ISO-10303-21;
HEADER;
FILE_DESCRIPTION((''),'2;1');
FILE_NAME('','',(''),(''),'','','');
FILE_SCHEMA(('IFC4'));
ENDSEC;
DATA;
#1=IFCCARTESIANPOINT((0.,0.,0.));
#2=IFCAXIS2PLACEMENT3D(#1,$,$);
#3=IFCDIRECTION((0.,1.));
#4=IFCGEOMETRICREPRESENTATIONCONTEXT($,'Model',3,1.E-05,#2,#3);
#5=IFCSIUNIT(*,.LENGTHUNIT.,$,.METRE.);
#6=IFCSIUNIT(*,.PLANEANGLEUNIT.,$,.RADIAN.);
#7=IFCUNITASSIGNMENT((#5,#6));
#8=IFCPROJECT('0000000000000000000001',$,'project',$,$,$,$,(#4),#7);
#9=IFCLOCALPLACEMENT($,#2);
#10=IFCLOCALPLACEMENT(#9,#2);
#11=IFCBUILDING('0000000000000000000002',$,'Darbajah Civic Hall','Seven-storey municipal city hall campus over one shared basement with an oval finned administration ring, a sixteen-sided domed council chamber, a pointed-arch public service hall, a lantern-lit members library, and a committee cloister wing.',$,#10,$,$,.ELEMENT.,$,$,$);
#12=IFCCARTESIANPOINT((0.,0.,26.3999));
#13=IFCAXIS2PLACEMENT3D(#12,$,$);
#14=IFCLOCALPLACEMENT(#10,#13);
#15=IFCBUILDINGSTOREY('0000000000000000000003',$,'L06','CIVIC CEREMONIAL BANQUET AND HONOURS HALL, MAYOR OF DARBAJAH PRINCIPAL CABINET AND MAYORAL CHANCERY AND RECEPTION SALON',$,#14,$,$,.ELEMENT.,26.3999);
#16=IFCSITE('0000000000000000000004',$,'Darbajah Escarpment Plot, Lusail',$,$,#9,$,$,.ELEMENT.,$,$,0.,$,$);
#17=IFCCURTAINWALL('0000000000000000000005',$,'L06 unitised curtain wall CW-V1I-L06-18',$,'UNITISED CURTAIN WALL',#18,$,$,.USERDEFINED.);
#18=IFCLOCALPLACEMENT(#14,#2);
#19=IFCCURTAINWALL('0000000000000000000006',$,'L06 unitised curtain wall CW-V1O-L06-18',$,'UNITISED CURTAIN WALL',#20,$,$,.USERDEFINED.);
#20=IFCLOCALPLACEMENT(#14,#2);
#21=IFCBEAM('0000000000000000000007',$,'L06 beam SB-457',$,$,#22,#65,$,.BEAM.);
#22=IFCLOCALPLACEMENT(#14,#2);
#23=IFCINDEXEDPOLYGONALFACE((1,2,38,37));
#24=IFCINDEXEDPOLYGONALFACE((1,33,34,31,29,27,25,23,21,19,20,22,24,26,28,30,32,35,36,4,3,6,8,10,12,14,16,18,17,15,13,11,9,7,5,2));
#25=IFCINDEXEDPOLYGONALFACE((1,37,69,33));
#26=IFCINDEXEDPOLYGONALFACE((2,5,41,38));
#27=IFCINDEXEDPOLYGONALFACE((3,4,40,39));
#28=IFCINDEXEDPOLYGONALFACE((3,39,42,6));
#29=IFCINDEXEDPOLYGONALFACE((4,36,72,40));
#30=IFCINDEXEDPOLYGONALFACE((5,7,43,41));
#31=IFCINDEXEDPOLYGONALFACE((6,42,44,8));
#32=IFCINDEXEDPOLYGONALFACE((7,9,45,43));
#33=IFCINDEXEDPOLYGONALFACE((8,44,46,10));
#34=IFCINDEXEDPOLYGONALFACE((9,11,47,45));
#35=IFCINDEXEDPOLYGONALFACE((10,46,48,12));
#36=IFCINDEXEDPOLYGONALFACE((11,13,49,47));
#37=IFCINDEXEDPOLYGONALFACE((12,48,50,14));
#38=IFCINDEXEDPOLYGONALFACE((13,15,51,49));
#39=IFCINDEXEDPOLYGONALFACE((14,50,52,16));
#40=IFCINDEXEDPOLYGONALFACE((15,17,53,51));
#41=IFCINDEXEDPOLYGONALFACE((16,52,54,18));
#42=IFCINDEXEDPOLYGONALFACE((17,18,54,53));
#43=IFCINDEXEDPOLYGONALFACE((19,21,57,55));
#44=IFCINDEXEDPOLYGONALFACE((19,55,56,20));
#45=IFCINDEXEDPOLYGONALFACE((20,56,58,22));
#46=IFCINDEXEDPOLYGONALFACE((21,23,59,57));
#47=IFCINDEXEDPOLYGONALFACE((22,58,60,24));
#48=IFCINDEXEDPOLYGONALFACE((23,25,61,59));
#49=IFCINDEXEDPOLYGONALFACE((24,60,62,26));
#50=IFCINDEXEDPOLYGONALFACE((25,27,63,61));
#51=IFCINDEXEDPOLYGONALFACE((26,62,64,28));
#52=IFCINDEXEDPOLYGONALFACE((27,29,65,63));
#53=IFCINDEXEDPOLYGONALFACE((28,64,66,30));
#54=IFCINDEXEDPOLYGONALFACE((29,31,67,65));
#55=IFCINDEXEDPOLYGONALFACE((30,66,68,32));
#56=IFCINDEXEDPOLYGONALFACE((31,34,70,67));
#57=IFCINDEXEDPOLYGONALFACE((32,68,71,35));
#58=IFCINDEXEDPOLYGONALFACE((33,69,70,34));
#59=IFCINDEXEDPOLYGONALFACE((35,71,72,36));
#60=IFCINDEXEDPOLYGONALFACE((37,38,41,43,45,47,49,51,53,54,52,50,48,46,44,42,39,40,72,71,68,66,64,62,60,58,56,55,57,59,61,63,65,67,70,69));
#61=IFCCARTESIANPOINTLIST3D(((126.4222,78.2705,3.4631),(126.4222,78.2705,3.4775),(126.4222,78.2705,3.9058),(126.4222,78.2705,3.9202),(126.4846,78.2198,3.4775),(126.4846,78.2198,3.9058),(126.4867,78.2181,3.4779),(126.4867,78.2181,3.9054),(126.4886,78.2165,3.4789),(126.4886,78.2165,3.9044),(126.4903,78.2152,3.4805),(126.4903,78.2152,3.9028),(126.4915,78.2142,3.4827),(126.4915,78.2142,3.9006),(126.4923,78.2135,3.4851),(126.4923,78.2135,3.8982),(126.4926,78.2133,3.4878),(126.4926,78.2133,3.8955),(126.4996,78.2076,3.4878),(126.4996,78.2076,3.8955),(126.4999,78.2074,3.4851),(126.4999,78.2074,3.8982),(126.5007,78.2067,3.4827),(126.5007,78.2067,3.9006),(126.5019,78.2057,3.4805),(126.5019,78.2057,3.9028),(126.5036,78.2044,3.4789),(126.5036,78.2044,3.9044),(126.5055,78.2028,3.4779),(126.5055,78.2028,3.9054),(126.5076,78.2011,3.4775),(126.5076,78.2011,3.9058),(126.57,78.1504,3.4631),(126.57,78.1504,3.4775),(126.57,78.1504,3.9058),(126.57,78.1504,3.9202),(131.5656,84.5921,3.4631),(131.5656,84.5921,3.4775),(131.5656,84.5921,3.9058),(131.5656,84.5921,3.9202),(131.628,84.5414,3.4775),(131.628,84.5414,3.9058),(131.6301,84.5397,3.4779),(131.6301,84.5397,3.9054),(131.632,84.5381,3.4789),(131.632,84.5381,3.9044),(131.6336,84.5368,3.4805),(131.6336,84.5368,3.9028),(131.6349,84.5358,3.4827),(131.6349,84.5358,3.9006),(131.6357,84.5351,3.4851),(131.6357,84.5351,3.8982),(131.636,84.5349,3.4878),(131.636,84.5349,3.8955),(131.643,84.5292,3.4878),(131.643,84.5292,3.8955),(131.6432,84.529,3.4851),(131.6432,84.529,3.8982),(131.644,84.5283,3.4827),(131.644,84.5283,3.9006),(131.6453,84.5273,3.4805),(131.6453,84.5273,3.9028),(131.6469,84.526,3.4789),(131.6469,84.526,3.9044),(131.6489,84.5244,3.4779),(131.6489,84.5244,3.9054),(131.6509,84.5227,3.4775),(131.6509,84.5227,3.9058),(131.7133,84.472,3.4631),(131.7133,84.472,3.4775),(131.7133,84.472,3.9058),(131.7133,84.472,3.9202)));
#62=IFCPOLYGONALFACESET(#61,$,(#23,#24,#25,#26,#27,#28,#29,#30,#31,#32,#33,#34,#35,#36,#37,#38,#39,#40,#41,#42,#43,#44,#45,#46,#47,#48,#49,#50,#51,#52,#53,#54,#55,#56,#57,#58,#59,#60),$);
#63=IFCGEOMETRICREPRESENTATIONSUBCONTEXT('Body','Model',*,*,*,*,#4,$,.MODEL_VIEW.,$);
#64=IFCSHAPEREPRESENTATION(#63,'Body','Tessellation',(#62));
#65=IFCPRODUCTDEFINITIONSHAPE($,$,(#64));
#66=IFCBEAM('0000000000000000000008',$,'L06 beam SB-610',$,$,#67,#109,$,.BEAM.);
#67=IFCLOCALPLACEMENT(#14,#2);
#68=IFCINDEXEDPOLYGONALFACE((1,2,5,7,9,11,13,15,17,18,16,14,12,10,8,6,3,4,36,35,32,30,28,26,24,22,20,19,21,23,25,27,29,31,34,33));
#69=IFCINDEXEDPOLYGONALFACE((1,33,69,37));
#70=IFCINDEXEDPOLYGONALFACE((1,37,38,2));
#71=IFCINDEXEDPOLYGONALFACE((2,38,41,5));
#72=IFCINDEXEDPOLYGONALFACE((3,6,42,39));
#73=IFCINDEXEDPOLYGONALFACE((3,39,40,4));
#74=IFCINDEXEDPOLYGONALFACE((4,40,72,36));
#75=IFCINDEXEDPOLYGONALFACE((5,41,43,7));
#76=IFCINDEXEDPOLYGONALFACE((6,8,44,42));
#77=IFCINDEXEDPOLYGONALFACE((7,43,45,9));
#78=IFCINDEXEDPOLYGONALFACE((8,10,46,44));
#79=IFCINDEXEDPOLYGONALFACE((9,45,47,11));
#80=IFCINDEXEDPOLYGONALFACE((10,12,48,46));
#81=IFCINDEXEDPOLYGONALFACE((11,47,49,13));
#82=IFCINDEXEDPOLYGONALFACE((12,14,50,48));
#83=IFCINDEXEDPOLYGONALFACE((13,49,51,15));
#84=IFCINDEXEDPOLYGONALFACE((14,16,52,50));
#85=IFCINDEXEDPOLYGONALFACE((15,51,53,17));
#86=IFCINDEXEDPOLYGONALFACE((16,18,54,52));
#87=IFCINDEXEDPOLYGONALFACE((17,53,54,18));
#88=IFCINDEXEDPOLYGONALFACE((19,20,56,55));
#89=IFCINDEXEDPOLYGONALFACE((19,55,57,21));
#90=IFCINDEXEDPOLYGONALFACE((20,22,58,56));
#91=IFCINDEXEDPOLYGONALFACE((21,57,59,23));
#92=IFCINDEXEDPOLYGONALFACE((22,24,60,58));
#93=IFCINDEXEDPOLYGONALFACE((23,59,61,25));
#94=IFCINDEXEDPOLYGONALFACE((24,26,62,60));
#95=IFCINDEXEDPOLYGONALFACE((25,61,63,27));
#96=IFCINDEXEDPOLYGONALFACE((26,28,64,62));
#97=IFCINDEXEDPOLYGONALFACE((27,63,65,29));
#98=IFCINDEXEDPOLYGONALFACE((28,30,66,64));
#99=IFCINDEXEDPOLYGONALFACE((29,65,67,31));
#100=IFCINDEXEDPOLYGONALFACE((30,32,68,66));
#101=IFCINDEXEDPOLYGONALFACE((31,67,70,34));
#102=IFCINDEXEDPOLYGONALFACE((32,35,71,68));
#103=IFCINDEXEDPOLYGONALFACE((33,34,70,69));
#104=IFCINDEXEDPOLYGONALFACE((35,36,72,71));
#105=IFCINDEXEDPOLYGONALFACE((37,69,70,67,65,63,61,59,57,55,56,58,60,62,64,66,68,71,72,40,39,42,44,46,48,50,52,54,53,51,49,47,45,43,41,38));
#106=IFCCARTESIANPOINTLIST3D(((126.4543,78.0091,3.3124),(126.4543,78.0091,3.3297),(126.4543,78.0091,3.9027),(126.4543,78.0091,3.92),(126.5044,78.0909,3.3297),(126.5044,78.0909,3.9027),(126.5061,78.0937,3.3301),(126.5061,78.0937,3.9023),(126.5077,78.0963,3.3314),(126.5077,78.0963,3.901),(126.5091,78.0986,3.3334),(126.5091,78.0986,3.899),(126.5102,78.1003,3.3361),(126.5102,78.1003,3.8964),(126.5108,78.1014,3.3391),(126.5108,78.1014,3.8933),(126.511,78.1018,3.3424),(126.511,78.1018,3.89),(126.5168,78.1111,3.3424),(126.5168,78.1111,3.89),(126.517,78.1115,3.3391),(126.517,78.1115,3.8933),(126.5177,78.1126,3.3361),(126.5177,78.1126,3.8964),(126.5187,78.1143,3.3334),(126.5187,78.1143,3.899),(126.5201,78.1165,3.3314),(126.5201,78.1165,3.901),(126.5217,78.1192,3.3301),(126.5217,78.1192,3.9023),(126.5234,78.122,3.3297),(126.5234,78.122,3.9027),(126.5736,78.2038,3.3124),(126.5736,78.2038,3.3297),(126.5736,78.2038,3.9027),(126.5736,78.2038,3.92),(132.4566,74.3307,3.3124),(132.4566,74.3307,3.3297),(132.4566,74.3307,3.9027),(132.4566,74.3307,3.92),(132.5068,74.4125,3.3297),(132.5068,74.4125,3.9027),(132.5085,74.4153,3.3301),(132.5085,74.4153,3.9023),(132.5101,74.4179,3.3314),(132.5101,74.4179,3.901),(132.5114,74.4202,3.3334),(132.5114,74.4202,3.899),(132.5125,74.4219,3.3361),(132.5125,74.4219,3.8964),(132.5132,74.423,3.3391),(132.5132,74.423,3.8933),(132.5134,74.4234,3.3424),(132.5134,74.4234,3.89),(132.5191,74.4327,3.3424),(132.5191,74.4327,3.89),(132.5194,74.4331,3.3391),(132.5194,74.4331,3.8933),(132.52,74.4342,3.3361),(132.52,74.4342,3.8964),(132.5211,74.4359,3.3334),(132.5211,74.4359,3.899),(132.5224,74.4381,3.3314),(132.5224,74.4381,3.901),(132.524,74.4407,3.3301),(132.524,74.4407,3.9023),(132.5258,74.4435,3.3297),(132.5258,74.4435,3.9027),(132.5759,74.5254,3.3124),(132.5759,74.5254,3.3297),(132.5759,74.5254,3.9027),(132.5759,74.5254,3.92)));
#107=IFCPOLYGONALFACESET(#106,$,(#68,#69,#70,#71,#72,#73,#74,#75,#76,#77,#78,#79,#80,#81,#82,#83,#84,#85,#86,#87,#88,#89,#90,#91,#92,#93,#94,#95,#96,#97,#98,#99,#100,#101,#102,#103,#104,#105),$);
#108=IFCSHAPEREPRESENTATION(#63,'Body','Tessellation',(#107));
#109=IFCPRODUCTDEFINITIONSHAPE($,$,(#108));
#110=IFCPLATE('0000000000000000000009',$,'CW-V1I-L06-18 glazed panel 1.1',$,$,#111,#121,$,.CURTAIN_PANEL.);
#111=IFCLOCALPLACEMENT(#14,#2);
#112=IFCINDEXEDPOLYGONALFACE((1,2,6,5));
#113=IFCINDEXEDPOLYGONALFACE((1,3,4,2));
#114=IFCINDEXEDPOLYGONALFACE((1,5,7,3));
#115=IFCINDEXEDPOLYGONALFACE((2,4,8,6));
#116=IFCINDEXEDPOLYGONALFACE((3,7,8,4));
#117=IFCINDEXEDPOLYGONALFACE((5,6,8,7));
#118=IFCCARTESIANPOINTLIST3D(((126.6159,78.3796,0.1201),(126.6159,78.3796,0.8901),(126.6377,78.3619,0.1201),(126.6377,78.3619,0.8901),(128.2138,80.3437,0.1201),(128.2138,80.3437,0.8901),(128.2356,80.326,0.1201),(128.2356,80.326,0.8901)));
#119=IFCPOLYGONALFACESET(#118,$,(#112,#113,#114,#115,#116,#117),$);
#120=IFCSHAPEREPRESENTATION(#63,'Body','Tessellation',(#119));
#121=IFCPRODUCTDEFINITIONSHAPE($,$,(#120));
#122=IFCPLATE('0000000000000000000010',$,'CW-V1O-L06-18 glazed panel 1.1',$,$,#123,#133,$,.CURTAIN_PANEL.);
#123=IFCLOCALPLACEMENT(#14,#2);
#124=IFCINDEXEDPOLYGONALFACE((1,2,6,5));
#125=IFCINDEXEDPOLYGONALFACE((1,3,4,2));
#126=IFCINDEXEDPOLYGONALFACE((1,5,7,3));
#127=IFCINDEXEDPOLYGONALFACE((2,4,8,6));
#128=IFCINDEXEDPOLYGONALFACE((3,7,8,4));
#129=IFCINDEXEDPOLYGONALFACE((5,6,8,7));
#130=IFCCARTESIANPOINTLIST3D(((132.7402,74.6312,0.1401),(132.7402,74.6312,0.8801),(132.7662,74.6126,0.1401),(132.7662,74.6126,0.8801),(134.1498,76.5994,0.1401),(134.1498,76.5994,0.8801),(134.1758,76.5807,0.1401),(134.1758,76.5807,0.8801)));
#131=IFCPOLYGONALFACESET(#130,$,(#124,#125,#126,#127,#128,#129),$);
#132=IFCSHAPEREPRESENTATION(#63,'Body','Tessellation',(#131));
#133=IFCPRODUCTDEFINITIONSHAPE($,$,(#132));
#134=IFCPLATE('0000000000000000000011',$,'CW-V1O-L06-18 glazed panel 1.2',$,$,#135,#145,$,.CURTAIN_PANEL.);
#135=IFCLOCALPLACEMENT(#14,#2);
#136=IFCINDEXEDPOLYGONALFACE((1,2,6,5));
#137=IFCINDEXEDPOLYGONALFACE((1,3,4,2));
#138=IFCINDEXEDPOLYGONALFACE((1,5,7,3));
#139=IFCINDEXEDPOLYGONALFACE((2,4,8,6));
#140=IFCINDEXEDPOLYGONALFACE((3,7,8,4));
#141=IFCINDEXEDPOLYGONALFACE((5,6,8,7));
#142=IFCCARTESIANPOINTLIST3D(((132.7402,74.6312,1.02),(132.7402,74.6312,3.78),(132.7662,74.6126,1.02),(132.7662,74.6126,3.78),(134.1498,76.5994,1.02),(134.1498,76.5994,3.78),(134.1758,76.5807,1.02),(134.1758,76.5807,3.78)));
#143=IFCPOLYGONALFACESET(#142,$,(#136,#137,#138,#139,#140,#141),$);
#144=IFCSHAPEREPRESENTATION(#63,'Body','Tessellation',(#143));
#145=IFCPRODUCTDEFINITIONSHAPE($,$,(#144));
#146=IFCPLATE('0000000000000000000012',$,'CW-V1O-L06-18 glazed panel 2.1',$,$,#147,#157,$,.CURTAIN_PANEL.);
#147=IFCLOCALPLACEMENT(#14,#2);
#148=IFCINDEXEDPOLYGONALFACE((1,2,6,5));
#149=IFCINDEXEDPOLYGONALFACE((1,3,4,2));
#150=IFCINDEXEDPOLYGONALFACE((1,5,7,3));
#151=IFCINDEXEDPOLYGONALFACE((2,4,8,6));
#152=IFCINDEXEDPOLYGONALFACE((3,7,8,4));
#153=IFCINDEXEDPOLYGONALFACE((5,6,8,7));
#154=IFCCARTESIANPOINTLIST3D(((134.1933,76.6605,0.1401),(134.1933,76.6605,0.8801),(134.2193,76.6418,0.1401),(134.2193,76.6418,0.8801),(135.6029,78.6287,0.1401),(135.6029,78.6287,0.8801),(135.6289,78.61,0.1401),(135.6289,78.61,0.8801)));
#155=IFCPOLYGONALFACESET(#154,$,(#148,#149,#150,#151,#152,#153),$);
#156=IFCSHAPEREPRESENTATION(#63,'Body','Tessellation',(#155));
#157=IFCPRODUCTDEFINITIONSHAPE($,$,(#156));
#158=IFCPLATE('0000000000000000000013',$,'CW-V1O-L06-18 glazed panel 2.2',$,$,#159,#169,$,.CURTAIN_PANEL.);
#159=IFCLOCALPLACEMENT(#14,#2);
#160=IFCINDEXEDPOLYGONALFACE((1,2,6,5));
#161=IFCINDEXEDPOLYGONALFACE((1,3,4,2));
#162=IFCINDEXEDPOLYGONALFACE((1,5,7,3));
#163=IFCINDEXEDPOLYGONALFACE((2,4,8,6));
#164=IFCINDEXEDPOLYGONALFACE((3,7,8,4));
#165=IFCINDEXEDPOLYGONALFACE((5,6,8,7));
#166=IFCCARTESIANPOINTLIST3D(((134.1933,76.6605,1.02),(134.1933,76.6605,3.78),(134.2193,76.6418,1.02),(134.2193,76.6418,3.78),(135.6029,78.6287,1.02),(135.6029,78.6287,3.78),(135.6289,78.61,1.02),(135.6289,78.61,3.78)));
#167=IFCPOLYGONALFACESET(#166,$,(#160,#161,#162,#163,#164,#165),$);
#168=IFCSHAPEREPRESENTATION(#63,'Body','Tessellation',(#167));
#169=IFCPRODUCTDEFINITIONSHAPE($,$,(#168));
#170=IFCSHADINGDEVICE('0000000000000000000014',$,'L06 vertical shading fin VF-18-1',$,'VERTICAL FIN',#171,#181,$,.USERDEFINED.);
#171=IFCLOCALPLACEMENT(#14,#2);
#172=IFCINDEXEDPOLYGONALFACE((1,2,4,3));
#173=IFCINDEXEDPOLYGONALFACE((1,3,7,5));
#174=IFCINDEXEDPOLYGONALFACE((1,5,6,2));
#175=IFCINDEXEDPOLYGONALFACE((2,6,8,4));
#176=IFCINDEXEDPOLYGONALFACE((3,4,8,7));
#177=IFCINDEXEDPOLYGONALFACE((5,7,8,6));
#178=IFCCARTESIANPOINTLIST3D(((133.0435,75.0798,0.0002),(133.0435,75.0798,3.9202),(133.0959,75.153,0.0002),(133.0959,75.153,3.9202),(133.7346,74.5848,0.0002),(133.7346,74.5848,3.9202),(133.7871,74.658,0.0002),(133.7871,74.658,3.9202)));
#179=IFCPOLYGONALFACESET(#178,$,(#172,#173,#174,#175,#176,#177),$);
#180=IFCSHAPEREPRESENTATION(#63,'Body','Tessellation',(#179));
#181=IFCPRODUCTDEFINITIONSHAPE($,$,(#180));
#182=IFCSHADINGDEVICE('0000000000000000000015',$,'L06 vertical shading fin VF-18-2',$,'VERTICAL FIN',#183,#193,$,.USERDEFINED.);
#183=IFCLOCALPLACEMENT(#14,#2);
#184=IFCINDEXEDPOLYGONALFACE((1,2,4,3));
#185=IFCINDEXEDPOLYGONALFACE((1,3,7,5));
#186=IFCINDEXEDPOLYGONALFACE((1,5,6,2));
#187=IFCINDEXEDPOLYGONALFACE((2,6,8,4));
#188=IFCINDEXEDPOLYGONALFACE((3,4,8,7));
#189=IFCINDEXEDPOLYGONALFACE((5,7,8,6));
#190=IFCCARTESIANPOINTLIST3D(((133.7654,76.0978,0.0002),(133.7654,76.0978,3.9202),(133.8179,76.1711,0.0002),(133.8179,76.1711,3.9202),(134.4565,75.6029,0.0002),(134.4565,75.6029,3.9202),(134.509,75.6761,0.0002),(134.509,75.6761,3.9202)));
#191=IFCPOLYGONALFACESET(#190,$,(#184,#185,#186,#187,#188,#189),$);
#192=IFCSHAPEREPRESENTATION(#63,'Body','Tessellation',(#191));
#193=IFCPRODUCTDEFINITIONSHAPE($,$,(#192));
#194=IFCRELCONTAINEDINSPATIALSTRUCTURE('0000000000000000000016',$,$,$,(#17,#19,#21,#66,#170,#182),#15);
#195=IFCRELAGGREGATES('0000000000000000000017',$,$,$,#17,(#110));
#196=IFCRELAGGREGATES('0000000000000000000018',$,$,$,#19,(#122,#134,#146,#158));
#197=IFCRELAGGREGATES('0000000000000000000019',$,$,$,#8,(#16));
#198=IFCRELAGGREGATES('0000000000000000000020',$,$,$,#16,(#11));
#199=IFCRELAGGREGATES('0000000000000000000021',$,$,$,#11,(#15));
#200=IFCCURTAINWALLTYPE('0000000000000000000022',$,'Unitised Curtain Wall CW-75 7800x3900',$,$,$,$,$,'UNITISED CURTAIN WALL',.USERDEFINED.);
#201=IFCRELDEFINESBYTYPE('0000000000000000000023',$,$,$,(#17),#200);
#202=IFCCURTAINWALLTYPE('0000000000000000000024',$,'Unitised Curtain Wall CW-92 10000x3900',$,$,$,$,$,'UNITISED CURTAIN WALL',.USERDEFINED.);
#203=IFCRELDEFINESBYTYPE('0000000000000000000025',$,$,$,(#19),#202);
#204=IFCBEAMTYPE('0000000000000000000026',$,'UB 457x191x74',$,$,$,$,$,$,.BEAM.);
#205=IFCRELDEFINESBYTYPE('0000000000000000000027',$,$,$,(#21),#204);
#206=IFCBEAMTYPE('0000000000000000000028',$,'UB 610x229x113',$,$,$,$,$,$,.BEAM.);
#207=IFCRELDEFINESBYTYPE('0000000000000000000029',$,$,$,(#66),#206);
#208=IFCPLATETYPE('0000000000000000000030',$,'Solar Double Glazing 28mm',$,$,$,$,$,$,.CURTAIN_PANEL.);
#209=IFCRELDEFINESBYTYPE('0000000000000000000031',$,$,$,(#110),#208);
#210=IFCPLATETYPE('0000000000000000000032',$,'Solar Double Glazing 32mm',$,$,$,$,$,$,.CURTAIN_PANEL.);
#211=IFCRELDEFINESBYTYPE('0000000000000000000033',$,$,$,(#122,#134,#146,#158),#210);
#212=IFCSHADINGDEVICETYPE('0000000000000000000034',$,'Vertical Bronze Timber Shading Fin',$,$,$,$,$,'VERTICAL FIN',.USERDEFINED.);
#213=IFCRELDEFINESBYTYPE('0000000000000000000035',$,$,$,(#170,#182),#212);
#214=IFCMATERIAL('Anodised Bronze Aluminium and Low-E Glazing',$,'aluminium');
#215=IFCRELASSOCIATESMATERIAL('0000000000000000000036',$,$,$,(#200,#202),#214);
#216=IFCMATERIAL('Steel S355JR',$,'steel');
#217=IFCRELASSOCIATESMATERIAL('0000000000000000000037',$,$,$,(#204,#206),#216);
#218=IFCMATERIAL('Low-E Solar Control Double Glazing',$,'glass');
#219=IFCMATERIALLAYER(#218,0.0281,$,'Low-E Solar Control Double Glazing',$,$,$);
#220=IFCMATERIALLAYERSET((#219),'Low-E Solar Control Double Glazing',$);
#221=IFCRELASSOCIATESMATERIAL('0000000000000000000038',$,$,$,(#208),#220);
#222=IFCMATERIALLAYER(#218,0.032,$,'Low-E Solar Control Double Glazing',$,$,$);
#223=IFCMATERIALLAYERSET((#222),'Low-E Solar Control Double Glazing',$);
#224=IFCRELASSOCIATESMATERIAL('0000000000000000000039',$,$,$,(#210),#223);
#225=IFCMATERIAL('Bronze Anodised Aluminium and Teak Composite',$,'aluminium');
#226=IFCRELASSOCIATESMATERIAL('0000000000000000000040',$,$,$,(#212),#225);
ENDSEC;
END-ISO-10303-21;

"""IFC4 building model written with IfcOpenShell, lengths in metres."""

from ifc_helpers import new_model, si_unit, direction, frame, origin, origin_2d, place, context, subcontext, project, spatial, rectangle, i_section, extrude, material, layer, layer_set, material_profile, profile_set, type_object, element, aggregate, save


model = new_model("IFC4")

# Units and contexts
model_context = context("Model", 3, precision=1e-05, world=origin(), true_north=direction((0.0, 1.0)))
body_context = subcontext(model_context, "Body", "Model", "MODEL_VIEW")
ifc_project = project(units=[si_unit("LENGTHUNIT", "METRE"), si_unit("PLANEANGLEUNIT", "RADIAN")], contexts=[model_context])

# Site, building, storey
site_placement = place(None, origin())
site = spatial("IfcSite", under=ifc_project, at=site_placement, Name="Darbajah Escarpment Plot, Lusail", CompositionType="ELEMENT", RefElevation=0.0)
building_placement = place(site_placement, origin())
building = spatial("IfcBuilding", under=site, at=building_placement, Name="Darbajah Civic Hall", Description="Seven-storey municipal city hall campus over one shared basement with an oval finned administration ring, a sixteen-sided domed council chamber, a pointed-arch public service hall, a lantern-lit members library, and a committee cloister wing.", CompositionType="ELEMENT")
storey_placement = place(building_placement, frame((0.0, 0.0, 26.3999)))
storey = spatial("IfcBuildingStorey", under=building, at=storey_placement, Name="L06", Description="CIVIC CEREMONIAL BANQUET AND HONOURS HALL, MAYOR OF DARBAJAH PRINCIPAL CABINET AND MAYORAL CHANCERY AND RECEPTION SALON", CompositionType="ELEMENT", Elevation=26.3999)

# Curtain wall
ifc_material_1 = material(Name="Anodised Bronze Aluminium and Low-E Glazing", Category="aluminium")
curtain_wall_type_1 = type_object("IfcCurtainWallType", Name="Unitised Curtain Wall CW-75 7800x3900", ElementType="UNITISED CURTAIN WALL", PredefinedType="USERDEFINED", material=ifc_material_1)
curtain_wall_1_placement = place(storey_placement, origin())
curtain_wall_1 = element("IfcCurtainWall", 1, at=curtain_wall_1_placement, inside=storey, type_object=curtain_wall_type_1, Name="L06 unitised curtain wall CW-V1I-L06-18", ObjectType="UNITISED CURTAIN WALL", PredefinedType="USERDEFINED")

# Curtain wall
curtain_wall_type_2 = type_object("IfcCurtainWallType", Name="Unitised Curtain Wall CW-92 10000x3900", ElementType="UNITISED CURTAIN WALL", PredefinedType="USERDEFINED", material=ifc_material_1)
curtain_wall_2_placement = place(storey_placement, origin())
curtain_wall_2 = element("IfcCurtainWall", 2, at=curtain_wall_2_placement, inside=storey, type_object=curtain_wall_type_2, Name="L06 unitised curtain wall CW-V1O-L06-18", ObjectType="UNITISED CURTAIN WALL", PredefinedType="USERDEFINED")

# Beams
ifc_material_2 = material(Name="Steel S355JR", Category="steel")
ifc_material_profile_1 = material_profile(ifc_material_2, i_section(OverallWidth=0.1904, OverallDepth=0.457, WebThickness=0.009, FlangeThickness=0.0144, FilletRadius=0.0103, at=origin_2d()), Name="UB 457x191x74")
ifc_profile_set_1 = profile_set([ifc_material_profile_1], Name="Steel S355JR")
beam_type_1 = type_object("IfcBeamType", Name="UB 457x191x74", PredefinedType="BEAM", material=ifc_profile_set_1)
beam_1_placement = place(storey_placement, frame((126.4961, 78.2104, 3.6917), z_axis=(0.631115, 0.77569, 0.0), x_axis=(-0.77569, 0.631115, 0.0)))
element("IfcBeam", 3, at=beam_1_placement, inside=storey, type_object=beam_type_1, Name="L06 beam SB-457", PredefinedType="BEAM", context=body_context, shape_type="SweptSolid", body=[
    extrude(i_section(OverallWidth=0.1904, OverallDepth=0.457, WebThickness=0.009, FlangeThickness=0.0144, FilletRadius=0.0103, at=origin_2d()), origin(), (0.0, 0.0, 1.0), 8.1497),
])
ifc_material_profile_2 = material_profile(ifc_material_2, i_section(OverallWidth=0.2283, OverallDepth=0.6077, WebThickness=0.011, FlangeThickness=0.0173, FilletRadius=0.0127, at=origin_2d()), Name="UB 610x229x113")
ifc_profile_set_2 = profile_set([ifc_material_profile_2], Name="Steel S355JR")
beam_type_2 = type_object("IfcBeamType", Name="UB 610x229x113", PredefinedType="BEAM", material=ifc_profile_set_2)
beam_2_placement = place(storey_placement, frame((126.5139, 78.1064, 3.6162), z_axis=(0.85263, -0.522516, 0.0), x_axis=(0.522516, 0.85263, 0.0)))
element("IfcBeam", 4, at=beam_2_placement, inside=storey, type_object=beam_type_2, Name="L06 beam SB-610", PredefinedType="BEAM", context=body_context, shape_type="SweptSolid", body=[
    extrude(i_section(OverallWidth=0.2283, OverallDepth=0.6077, WebThickness=0.011, FlangeThickness=0.0173, FilletRadius=0.0127, at=origin_2d()), origin(), (0.0, 0.0, 1.0), 7.0398),
])

# Plates
ifc_material_3 = material(Name="Low-E Solar Control Double Glazing", Category="glass")
ifc_layer_1 = layer(ifc_material_3, 0.0281, Name="Low-E Solar Control Double Glazing")
ifc_layer_set_1 = layer_set([ifc_layer_1], Name="Low-E Solar Control Double Glazing")
plate_type_1 = type_object("IfcPlateType", Name="Solar Double Glazing 28mm", PredefinedType="CURTAIN_PANEL", material=ifc_layer_set_1)
plate_1_placement = place(storey_placement, frame((127.4258, 79.3528, 0.1201), z_axis=(0.0, 0.0, 1.0), x_axis=(0.631082, 0.775716, 0.0)))
plate_1 = element("IfcPlate", 5, at=plate_1_placement, type_object=plate_type_1, Name="CW-V1I-L06-18 glazed panel 1.1", PredefinedType="CURTAIN_PANEL", context=body_context, shape_type="SweptSolid", body=[
    extrude(rectangle(XDim=2.532, YDim=0.0281, at=origin_2d()), origin(), (0.0, 0.0, 1.0), 0.77),
])
aggregate(curtain_wall_1, [plate_1])
ifc_layer_2 = layer(ifc_material_3, 0.032, Name="Low-E Solar Control Double Glazing")
ifc_layer_set_2 = layer_set([ifc_layer_2], Name="Low-E Solar Control Double Glazing")
plate_type_2 = type_object("IfcPlateType", Name="Solar Double Glazing 32mm", PredefinedType="CURTAIN_PANEL", material=ifc_layer_set_2)
plate_2_placement = place(storey_placement, frame((133.458, 75.606, 0.1401), z_axis=(0.0, 0.0, 1.0), x_axis=(0.582265, 0.812999, 0.0)))
plate_2 = element("IfcPlate", 6, at=plate_2_placement, type_object=plate_type_2, Name="CW-V1O-L06-18 glazed panel 1.1", PredefinedType="CURTAIN_PANEL", context=body_context, shape_type="SweptSolid", body=[
    extrude(rectangle(XDim=2.4209, YDim=0.032, at=origin_2d()), origin(), (0.0, 0.0, 1.0), 0.74),
])
plate_3_placement = place(storey_placement, frame((133.458, 75.606, 1.02), z_axis=(0.0, 0.0, 1.0), x_axis=(0.582265, 0.812999, 0.0)))
plate_3 = element("IfcPlate", 7, at=plate_3_placement, type_object=plate_type_2, Name="CW-V1O-L06-18 glazed panel 1.2", PredefinedType="CURTAIN_PANEL", context=body_context, shape_type="SweptSolid", body=[
    extrude(rectangle(XDim=2.4209, YDim=0.032, at=origin_2d()), origin(), (0.0, 0.0, 1.0), 2.76),
])
plate_4_placement = place(storey_placement, frame((134.9111, 77.6353, 0.1401), z_axis=(0.0, 0.0, 1.0), x_axis=(0.582265, 0.812999, 0.0)))
plate_4 = element("IfcPlate", 8, at=plate_4_placement, type_object=plate_type_2, Name="CW-V1O-L06-18 glazed panel 2.1", PredefinedType="CURTAIN_PANEL", context=body_context, shape_type="SweptSolid", body=[
    extrude(rectangle(XDim=2.4209, YDim=0.032, at=origin_2d()), origin(), (0.0, 0.0, 1.0), 0.74),
])
plate_5_placement = place(storey_placement, frame((134.9111, 77.6353, 1.02), z_axis=(0.0, 0.0, 1.0), x_axis=(0.582265, 0.812999, 0.0)))
plate_5 = element("IfcPlate", 9, at=plate_5_placement, type_object=plate_type_2, Name="CW-V1O-L06-18 glazed panel 2.2", PredefinedType="CURTAIN_PANEL", context=body_context, shape_type="SweptSolid", body=[
    extrude(rectangle(XDim=2.4209, YDim=0.032, at=origin_2d()), origin(), (0.0, 0.0, 1.0), 2.76),
])
aggregate(curtain_wall_2, [plate_2, plate_3, plate_4, plate_5])

# Shading devices
ifc_material_4 = material(Name="Bronze Anodised Aluminium and Teak Composite", Category="aluminium")
shading_device_type = type_object("IfcShadingDeviceType", Name="Vertical Bronze Timber Shading Fin", ElementType="VERTICAL FIN", PredefinedType="USERDEFINED", material=ifc_material_4)
for number, where, z_axis, x_axis, name in (
    (10, (133.4153, 74.8689, 0.0002), (0.0, 0.0, 1.0), (0.812999, -0.582265, 0.0), "L06 vertical shading fin VF-18-1"),
    (11, (134.1372, 75.887, 0.0002), (0.0, 0.0, 1.0), (0.812999, -0.582265, 0.0), "L06 vertical shading fin VF-18-2"),
):
    element("IfcShadingDevice", number, at=place(storey_placement, frame(where, z_axis=z_axis, x_axis=x_axis)), inside=storey, type_object=shading_device_type, Name=name, ObjectType="VERTICAL FIN", PredefinedType="USERDEFINED", context=body_context, shape_type="SweptSolid", body=[
        extrude(rectangle(XDim=0.8501, YDim=0.0901, at=origin_2d()), origin(), (0.0, 0.0, 1.0), 3.9199),
    ])

save(model, "model.ifc")
